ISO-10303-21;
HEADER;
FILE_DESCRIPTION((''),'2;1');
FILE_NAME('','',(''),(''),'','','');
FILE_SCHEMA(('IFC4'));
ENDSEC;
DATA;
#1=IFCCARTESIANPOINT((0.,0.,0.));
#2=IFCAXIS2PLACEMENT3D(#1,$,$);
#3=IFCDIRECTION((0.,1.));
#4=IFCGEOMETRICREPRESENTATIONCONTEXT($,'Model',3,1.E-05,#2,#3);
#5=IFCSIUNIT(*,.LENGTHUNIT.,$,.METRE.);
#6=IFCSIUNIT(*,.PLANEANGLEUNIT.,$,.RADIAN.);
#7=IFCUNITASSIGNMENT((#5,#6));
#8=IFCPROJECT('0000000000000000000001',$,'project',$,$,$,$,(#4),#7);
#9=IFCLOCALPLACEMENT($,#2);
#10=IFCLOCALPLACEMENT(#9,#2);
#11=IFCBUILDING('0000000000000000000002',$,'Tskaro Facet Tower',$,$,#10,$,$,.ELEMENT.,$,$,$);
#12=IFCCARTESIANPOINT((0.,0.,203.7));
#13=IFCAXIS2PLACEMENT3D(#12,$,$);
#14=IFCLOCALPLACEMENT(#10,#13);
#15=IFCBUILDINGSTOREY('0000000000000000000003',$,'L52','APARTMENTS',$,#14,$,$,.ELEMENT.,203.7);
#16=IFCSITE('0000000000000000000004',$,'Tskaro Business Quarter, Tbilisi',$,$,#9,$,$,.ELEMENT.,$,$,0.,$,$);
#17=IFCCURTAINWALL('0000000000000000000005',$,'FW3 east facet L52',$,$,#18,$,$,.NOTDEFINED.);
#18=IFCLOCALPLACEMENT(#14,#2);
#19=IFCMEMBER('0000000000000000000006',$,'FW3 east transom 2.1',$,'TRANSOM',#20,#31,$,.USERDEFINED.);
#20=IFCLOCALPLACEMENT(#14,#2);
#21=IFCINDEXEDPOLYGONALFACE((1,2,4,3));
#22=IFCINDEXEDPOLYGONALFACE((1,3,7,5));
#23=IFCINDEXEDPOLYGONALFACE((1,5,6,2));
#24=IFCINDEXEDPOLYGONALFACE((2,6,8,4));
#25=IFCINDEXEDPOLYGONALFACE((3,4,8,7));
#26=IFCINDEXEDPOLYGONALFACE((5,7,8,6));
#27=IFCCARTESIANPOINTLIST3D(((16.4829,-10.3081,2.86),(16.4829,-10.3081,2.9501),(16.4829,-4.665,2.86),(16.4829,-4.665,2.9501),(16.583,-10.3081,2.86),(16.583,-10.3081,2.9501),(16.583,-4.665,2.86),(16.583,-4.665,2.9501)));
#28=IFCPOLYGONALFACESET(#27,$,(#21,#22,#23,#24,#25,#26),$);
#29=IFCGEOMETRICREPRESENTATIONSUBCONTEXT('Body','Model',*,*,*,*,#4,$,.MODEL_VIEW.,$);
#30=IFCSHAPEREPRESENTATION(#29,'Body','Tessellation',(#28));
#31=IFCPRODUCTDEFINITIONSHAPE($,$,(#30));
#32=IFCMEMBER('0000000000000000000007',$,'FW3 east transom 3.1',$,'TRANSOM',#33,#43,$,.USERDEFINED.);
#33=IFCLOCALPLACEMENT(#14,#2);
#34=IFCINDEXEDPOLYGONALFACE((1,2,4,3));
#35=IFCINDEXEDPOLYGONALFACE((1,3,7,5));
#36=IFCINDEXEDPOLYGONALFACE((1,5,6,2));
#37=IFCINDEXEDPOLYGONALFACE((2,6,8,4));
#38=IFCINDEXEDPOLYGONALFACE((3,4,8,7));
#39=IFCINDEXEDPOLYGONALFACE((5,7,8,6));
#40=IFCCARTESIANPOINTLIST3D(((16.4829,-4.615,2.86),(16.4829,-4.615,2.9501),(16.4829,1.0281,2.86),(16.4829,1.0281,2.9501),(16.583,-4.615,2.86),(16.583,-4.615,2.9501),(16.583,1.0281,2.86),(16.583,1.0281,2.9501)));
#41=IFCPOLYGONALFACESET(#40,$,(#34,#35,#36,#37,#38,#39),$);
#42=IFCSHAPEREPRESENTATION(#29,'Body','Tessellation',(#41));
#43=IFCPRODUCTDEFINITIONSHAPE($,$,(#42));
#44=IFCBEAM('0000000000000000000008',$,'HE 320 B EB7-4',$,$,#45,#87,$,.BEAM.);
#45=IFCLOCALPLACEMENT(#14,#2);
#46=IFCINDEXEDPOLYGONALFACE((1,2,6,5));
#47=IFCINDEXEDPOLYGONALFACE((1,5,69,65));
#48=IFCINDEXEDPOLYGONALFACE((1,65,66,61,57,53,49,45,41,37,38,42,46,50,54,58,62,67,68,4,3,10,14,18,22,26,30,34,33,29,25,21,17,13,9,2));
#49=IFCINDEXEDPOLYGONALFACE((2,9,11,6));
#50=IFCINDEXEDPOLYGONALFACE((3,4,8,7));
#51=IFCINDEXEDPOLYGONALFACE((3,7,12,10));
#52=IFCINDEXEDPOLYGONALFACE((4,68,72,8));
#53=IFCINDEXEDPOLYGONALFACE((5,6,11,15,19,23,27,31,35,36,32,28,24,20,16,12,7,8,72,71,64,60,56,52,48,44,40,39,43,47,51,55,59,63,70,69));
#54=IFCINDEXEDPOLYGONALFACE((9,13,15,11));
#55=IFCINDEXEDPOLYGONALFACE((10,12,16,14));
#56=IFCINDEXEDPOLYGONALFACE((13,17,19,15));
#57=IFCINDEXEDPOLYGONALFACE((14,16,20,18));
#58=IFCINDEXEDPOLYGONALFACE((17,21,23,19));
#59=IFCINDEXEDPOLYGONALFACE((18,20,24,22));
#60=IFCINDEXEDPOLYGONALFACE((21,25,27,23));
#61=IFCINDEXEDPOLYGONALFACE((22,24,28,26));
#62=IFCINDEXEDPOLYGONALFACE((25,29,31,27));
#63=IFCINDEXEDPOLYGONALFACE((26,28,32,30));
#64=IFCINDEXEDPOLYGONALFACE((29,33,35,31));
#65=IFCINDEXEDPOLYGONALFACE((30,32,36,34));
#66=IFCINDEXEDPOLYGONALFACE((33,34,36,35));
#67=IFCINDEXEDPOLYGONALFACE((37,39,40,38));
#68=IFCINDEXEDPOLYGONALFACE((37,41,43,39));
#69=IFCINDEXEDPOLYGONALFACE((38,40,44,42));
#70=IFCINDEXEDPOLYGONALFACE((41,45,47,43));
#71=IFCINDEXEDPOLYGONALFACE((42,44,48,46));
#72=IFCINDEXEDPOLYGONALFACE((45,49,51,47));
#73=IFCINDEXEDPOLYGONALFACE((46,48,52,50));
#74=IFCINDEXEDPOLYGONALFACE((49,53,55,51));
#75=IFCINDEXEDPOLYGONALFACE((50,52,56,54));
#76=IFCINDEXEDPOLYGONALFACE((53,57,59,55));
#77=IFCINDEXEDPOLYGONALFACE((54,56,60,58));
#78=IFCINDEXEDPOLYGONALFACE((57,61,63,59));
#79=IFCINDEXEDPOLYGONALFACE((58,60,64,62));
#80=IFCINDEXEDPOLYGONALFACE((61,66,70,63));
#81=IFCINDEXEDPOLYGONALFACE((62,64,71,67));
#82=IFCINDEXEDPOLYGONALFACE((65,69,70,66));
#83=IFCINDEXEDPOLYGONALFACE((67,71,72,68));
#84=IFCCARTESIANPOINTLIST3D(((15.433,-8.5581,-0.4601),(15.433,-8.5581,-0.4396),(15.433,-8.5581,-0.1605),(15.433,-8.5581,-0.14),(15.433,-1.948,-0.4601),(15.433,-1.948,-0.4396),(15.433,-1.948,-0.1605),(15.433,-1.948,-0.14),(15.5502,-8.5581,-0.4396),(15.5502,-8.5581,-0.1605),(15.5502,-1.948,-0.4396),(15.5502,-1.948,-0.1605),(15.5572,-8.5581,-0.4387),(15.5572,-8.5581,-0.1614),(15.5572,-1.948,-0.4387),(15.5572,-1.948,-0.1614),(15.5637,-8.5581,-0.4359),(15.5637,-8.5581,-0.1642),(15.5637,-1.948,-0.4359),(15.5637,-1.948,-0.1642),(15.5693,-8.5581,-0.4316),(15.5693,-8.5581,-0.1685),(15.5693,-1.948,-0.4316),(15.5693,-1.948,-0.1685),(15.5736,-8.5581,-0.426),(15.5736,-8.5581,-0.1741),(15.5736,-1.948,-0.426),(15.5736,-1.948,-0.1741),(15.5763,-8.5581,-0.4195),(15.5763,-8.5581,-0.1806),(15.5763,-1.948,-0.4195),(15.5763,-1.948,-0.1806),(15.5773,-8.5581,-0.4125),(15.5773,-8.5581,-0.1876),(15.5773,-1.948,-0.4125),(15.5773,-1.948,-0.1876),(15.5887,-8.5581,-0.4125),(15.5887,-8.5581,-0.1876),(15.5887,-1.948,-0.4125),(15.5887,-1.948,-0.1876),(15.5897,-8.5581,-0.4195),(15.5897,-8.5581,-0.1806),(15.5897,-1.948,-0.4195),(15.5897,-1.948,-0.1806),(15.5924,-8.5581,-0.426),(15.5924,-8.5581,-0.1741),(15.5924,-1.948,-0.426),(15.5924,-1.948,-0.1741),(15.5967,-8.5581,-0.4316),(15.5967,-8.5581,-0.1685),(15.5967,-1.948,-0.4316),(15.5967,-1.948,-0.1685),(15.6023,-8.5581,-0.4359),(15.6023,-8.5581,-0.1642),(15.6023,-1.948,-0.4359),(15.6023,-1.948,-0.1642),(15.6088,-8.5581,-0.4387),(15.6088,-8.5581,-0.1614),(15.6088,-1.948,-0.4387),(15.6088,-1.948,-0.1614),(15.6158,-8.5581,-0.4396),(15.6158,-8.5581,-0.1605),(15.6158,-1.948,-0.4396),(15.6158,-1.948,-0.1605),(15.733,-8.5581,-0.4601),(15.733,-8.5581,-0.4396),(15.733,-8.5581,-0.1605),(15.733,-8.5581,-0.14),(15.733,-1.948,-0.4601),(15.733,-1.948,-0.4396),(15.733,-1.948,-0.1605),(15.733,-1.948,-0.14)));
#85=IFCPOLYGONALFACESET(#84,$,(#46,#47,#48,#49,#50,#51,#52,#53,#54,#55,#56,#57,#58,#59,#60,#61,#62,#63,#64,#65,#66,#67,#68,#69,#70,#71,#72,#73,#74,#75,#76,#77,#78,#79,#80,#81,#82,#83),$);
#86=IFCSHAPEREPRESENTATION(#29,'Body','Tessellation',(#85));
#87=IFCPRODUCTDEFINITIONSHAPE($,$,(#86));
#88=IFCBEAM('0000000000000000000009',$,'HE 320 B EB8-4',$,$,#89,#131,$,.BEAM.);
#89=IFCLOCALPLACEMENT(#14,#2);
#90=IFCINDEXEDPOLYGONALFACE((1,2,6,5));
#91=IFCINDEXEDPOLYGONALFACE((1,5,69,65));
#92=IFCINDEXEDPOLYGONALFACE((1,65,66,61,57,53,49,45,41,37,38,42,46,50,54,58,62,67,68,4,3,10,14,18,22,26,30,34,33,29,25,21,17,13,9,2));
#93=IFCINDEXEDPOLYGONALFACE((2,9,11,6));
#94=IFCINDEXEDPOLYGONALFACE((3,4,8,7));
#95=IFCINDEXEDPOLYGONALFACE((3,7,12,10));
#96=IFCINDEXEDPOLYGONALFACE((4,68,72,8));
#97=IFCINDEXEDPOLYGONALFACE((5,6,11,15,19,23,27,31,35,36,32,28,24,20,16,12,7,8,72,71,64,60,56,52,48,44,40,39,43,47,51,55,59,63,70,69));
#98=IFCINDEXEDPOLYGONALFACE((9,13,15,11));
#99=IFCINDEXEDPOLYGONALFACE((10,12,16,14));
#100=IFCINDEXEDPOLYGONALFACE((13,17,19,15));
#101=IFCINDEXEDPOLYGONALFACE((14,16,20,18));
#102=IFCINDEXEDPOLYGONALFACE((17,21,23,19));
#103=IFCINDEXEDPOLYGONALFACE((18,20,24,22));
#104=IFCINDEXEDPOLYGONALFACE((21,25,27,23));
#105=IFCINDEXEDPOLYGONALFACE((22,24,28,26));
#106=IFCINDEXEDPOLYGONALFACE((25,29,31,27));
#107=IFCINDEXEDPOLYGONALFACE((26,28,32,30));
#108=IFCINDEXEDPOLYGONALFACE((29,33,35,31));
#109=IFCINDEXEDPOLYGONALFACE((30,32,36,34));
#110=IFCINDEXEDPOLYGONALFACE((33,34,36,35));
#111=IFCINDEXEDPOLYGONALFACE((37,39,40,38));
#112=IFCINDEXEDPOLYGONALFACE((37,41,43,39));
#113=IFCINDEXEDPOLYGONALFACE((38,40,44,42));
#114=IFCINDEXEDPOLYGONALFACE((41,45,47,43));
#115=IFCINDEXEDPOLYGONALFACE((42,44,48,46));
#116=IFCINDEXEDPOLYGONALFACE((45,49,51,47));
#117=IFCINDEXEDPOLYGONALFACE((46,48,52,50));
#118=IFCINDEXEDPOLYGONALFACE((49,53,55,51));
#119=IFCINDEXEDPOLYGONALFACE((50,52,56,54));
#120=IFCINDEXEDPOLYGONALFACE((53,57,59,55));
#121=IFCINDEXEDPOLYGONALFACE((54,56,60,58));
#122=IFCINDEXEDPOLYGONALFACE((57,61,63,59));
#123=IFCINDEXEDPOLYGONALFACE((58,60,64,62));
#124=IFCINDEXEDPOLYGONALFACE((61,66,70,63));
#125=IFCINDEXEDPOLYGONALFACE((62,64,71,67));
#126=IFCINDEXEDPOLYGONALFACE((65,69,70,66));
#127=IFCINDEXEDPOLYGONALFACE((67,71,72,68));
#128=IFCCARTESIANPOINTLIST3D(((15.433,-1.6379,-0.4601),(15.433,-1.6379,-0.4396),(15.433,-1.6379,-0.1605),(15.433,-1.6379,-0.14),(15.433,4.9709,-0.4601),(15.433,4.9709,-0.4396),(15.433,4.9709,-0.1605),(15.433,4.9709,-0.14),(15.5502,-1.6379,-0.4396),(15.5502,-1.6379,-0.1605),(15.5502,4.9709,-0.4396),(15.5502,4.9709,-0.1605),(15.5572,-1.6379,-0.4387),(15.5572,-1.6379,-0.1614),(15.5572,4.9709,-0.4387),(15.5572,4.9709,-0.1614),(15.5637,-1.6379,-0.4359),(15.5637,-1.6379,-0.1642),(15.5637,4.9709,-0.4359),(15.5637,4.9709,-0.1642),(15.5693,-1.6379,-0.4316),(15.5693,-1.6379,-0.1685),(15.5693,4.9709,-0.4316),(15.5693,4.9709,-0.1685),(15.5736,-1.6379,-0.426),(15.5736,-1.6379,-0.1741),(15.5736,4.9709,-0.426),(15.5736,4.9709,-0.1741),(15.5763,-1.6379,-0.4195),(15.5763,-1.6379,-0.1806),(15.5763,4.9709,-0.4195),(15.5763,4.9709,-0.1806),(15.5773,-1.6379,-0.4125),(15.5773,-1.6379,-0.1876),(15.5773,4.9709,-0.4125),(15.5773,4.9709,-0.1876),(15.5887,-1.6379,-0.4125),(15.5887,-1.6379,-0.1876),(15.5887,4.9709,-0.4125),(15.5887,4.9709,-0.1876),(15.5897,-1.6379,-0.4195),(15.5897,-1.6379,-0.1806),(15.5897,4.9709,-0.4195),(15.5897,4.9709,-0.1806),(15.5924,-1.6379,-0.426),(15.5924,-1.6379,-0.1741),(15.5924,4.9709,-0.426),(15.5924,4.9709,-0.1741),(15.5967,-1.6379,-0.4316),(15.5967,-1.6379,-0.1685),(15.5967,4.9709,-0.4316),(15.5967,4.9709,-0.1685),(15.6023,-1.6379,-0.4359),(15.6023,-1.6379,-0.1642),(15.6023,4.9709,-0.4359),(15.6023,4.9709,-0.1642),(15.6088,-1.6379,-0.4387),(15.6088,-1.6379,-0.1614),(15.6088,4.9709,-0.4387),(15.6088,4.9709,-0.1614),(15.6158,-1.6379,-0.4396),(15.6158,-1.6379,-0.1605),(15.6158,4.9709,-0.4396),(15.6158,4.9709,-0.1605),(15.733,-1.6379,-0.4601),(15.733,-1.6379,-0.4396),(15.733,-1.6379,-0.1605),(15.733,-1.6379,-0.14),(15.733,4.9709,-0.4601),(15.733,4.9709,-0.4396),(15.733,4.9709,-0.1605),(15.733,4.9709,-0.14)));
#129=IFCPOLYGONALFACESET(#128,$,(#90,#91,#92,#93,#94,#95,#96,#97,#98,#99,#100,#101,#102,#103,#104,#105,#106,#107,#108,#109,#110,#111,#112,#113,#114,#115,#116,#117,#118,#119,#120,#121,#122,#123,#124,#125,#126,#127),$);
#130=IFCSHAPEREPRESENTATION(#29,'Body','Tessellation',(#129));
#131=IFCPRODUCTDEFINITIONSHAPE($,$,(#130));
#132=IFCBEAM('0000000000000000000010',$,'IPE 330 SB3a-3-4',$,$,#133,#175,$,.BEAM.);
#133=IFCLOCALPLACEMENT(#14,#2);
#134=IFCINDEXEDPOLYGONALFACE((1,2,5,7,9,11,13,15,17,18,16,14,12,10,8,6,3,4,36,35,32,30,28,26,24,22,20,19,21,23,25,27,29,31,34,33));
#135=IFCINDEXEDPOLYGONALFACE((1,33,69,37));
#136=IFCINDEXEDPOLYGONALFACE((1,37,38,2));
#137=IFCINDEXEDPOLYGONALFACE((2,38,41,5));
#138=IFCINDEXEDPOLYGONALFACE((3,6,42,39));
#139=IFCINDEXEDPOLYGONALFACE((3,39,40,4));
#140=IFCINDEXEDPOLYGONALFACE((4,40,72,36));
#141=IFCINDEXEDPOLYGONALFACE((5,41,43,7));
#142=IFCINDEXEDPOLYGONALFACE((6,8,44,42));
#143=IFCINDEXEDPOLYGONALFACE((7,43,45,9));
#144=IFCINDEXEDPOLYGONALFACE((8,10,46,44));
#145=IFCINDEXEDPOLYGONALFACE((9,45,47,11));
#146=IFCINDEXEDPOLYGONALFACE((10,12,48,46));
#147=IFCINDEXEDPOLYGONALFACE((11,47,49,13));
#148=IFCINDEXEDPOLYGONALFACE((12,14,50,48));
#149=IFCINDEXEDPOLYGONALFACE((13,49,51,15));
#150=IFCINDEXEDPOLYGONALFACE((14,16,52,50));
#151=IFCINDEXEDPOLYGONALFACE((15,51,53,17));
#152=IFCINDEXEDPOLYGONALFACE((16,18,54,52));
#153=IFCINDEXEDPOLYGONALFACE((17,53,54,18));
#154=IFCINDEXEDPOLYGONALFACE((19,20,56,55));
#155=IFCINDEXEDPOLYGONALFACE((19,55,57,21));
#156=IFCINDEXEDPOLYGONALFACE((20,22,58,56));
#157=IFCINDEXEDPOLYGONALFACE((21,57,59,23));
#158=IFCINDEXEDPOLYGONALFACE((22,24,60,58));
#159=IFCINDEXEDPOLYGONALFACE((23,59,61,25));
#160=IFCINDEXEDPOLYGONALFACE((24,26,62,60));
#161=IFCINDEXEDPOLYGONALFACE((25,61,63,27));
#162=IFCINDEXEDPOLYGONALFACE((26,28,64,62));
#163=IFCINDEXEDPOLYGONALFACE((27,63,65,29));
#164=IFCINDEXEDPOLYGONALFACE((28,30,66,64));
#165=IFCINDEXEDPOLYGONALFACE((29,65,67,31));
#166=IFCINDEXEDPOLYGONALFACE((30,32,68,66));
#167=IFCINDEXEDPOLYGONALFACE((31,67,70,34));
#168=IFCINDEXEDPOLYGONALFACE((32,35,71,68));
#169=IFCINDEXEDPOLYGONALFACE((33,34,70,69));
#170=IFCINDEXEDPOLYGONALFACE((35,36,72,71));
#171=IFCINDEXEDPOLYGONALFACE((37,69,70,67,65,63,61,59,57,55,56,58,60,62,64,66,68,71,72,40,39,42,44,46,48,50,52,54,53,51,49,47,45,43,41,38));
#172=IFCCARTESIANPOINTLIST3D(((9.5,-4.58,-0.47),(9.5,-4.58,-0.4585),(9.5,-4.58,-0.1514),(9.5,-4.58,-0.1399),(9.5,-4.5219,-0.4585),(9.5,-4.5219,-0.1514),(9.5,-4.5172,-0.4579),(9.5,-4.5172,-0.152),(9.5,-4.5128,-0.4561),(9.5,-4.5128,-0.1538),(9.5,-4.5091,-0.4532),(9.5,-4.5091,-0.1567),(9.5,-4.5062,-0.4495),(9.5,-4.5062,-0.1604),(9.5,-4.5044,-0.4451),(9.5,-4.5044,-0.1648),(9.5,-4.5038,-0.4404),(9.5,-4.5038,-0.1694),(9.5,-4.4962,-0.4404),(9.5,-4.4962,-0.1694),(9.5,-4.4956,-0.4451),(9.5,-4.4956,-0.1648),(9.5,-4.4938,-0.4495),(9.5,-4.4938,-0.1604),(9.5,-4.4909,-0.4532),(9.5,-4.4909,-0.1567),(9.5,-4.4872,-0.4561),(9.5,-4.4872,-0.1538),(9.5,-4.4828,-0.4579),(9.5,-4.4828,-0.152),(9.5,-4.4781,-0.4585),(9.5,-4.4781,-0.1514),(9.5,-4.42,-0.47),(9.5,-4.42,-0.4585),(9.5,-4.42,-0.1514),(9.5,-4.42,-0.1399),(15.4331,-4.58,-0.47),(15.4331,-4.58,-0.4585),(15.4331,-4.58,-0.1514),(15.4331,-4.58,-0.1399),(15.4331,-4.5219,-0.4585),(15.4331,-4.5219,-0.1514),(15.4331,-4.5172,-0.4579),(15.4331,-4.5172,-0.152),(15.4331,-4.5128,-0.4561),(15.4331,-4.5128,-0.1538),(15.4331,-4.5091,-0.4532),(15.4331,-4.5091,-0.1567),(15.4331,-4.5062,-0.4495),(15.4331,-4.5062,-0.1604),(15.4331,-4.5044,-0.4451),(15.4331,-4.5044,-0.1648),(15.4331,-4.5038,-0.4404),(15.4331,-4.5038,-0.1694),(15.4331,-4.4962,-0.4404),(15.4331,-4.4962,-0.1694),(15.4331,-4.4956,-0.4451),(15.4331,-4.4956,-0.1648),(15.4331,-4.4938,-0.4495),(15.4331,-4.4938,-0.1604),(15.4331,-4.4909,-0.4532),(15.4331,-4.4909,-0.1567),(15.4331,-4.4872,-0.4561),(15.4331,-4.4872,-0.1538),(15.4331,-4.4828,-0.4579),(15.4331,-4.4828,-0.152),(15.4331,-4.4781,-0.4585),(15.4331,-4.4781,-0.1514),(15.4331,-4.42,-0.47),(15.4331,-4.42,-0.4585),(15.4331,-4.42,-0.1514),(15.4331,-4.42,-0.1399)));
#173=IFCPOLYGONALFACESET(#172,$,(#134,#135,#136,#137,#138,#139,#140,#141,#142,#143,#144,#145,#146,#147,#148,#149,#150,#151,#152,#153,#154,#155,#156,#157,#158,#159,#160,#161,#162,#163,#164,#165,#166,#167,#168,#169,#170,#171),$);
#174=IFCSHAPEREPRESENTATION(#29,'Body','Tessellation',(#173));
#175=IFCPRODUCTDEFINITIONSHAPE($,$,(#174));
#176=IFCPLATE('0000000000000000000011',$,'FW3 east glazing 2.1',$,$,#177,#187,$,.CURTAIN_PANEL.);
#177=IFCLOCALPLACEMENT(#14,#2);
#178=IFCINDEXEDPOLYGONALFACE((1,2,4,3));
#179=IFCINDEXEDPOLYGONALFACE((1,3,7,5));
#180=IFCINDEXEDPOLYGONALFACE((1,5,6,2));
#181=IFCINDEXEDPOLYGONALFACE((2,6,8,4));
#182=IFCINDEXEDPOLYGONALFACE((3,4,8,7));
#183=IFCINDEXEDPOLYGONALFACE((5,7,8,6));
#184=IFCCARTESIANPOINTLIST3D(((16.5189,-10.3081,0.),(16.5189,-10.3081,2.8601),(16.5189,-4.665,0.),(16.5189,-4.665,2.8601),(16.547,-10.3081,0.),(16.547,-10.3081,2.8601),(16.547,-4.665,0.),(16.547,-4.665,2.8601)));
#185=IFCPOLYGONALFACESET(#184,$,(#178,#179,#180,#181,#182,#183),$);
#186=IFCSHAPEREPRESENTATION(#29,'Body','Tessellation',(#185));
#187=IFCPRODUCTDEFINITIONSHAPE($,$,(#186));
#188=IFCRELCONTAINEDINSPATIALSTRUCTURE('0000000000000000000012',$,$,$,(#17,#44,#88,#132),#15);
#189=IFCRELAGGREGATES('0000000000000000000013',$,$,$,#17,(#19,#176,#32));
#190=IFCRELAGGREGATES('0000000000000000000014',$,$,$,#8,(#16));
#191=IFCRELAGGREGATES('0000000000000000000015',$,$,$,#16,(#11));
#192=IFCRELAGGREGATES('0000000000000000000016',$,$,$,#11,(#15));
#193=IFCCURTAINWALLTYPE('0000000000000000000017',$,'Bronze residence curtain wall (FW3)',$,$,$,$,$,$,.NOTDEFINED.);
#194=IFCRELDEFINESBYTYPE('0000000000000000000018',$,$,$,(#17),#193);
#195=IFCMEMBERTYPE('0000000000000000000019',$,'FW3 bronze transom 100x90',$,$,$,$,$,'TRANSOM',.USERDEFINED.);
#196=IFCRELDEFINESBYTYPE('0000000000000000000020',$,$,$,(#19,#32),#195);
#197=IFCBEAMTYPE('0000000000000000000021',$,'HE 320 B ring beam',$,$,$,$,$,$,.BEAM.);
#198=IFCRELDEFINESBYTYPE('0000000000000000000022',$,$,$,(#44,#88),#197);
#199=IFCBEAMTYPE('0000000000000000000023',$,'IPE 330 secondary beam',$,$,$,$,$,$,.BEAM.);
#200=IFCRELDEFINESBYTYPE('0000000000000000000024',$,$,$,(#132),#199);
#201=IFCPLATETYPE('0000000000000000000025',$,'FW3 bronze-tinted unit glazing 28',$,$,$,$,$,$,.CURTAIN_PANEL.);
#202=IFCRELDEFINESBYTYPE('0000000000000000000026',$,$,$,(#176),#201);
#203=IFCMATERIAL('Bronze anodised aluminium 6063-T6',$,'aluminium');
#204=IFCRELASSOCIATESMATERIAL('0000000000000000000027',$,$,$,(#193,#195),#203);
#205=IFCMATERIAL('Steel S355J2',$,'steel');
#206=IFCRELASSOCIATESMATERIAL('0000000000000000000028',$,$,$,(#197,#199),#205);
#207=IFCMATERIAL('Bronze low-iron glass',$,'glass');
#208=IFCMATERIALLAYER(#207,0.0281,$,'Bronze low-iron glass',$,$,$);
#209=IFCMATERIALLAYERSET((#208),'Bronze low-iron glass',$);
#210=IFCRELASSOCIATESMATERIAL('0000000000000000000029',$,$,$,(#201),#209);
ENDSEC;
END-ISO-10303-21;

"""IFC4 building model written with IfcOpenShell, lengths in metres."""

from ifc_helpers import new_model, si_unit, direction, frame, origin, origin_2d, place, context, subcontext, project, spatial, rectangle, i_section, extrude, material, layer, layer_set, material_profile, profile_set, type_object, element, aggregate, save


model = new_model("IFC4")

# Units and contexts
model_context = context("Model", 3, precision=1e-05, world=origin(), true_north=direction((0.0, 1.0)))
body_context = subcontext(model_context, "Body", "Model", "MODEL_VIEW")
ifc_project = project(units=[si_unit("LENGTHUNIT", "METRE"), si_unit("PLANEANGLEUNIT", "RADIAN")], contexts=[model_context])

# Site, building, storey
site_placement = place(None, origin())
site = spatial("IfcSite", under=ifc_project, at=site_placement, Name="Tskaro Business Quarter, Tbilisi", CompositionType="ELEMENT", RefElevation=0.0)
building_placement = place(site_placement, origin())
building = spatial("IfcBuilding", under=site, at=building_placement, Name="Tskaro Facet Tower", CompositionType="ELEMENT")
storey_placement = place(building_placement, frame((0.0, 0.0, 203.7)))
storey = spatial("IfcBuildingStorey", under=building, at=storey_placement, Name="L52", Description="APARTMENTS", CompositionType="ELEMENT", Elevation=203.7)

# Curtain wall, members
ifc_material_1 = material(Name="Bronze anodised aluminium 6063-T6", Category="aluminium")
curtain_wall_type = type_object("IfcCurtainWallType", Name="Bronze residence curtain wall (FW3)", PredefinedType="NOTDEFINED", material=ifc_material_1)
curtain_wall_placement = place(storey_placement, origin())
curtain_wall = element("IfcCurtainWall", 1, at=curtain_wall_placement, inside=storey, type_object=curtain_wall_type, Name="FW3 east facet L52", PredefinedType="NOTDEFINED")
ifc_material_profile_1 = material_profile(ifc_material_1, rectangle(XDim=0.1001, YDim=0.0901, at=origin_2d()), Name="Transom 100x90")
ifc_profile_set_1 = profile_set([ifc_material_profile_1], Name="Bronze anodised aluminium 6063-T6")
member_type_1 = type_object("IfcMemberType", Name="FW3 bronze transom 100x90", ElementType="TRANSOM", PredefinedType="USERDEFINED", material=ifc_profile_set_1)
member_1_placement = place(storey_placement, frame((16.533, -10.3081, 2.905), z_axis=(0.0, 1.0, 0.0), x_axis=(-1.0, 0.0, 0.0)))
member_1 = element("IfcMember", 2, at=member_1_placement, type_object=member_type_1, Name="FW3 east transom 2.1", ObjectType="TRANSOM", PredefinedType="USERDEFINED", context=body_context, shape_type="SweptSolid", body=[
    extrude(rectangle(XDim=0.1001, YDim=0.0901, at=origin_2d()), origin(), (0.0, 0.0, 1.0), 5.6431),
])
member_2_placement = place(storey_placement, frame((16.533, -4.615, 2.905), z_axis=(0.0, 1.0, 0.0), x_axis=(-1.0, 0.0, 0.0)))
member_2 = element("IfcMember", 3, at=member_2_placement, type_object=member_type_1, Name="FW3 east transom 3.1", ObjectType="TRANSOM", PredefinedType="USERDEFINED", context=body_context, shape_type="SweptSolid", body=[
    extrude(rectangle(XDim=0.1001, YDim=0.0901, at=origin_2d()), origin(), (0.0, 0.0, 1.0), 5.6431),
])

# Beams
ifc_material_2 = material(Name="Steel S355J2", Category="steel")
ifc_material_profile_2 = material_profile(ifc_material_2, i_section(OverallWidth=0.3, OverallDepth=0.3201, WebThickness=0.0115, FlangeThickness=0.0205, FilletRadius=0.0271, at=origin_2d()), Name="HE 320 B")
ifc_profile_set_2 = profile_set([ifc_material_profile_2], Name="Steel S355J2")
beam_type_1 = type_object("IfcBeamType", Name="HE 320 B ring beam", PredefinedType="BEAM", material=ifc_profile_set_2)
beam_1_placement = place(storey_placement, frame((15.583, -8.5581, -0.3), z_axis=(0.0, 1.0, 0.0), x_axis=(-1.0, 0.0, 0.0)))
element("IfcBeam", 4, at=beam_1_placement, inside=storey, type_object=beam_type_1, Name="HE 320 B EB7-4", PredefinedType="BEAM", context=body_context, shape_type="SweptSolid", body=[
    extrude(i_section(OverallWidth=0.3, OverallDepth=0.3201, WebThickness=0.0115, FlangeThickness=0.0205, FilletRadius=0.0271, at=origin_2d()), origin(), (0.0, 0.0, 1.0), 6.6101),
])
beam_2_placement = place(storey_placement, frame((15.583, -1.6379, -0.3), z_axis=(0.0, 1.0, 0.0), x_axis=(-1.0, 0.0, 0.0)))
element("IfcBeam", 5, at=beam_2_placement, inside=storey, type_object=beam_type_1, Name="HE 320 B EB8-4", PredefinedType="BEAM", context=body_context, shape_type="SweptSolid", body=[
    extrude(i_section(OverallWidth=0.3, OverallDepth=0.3201, WebThickness=0.0115, FlangeThickness=0.0205, FilletRadius=0.0271, at=origin_2d()), origin(), (0.0, 0.0, 1.0), 6.6089),
])
ifc_material_profile_3 = material_profile(ifc_material_2, i_section(OverallWidth=0.1599, OverallDepth=0.3301, WebThickness=0.0076, FlangeThickness=0.0115, FilletRadius=0.0181, at=origin_2d()), Name="IPE 330")
ifc_profile_set_3 = profile_set([ifc_material_profile_3], Name="Steel S355J2")
beam_type_2 = type_object("IfcBeamType", Name="IPE 330 secondary beam", PredefinedType="BEAM", material=ifc_profile_set_3)
beam_3_placement = place(storey_placement, frame((9.5, -4.5, -0.3049), z_axis=(1.0, 0.0, 0.0), x_axis=(0.0, 1.0, 0.0)))
element("IfcBeam", 6, at=beam_3_placement, inside=storey, type_object=beam_type_2, Name="IPE 330 SB3a-3-4", PredefinedType="BEAM", context=body_context, shape_type="SweptSolid", body=[
    extrude(i_section(OverallWidth=0.1599, OverallDepth=0.3301, WebThickness=0.0076, FlangeThickness=0.0115, FilletRadius=0.0181, at=origin_2d()), origin(), (0.0, 0.0, 1.0), 5.9331),
])

# Plate
ifc_material_3 = material(Name="Bronze low-iron glass", Category="glass")
ifc_layer_1 = layer(ifc_material_3, 0.0281, Name="Bronze low-iron glass")
ifc_layer_set_1 = layer_set([ifc_layer_1], Name="Bronze low-iron glass")
plate_type = type_object("IfcPlateType", Name="FW3 bronze-tinted unit glazing 28", PredefinedType="CURTAIN_PANEL", material=ifc_layer_set_1)
plate_1_placement = place(storey_placement, frame((16.533, -7.4866, 0.0), z_axis=(0.0, 0.0, 1.0), x_axis=(0.0, 1.0, 0.0)))
plate_1 = element("IfcPlate", 7, at=plate_1_placement, type_object=plate_type, Name="FW3 east glazing 2.1", PredefinedType="CURTAIN_PANEL", context=body_context, shape_type="SweptSolid", body=[
    extrude(rectangle(XDim=5.6431, YDim=0.0281, at=origin_2d()), origin(), (0.0, 0.0, 1.0), 2.8601),
])
aggregate(curtain_wall, [member_1, plate_1, member_2])

save(model, "model.ifc")
